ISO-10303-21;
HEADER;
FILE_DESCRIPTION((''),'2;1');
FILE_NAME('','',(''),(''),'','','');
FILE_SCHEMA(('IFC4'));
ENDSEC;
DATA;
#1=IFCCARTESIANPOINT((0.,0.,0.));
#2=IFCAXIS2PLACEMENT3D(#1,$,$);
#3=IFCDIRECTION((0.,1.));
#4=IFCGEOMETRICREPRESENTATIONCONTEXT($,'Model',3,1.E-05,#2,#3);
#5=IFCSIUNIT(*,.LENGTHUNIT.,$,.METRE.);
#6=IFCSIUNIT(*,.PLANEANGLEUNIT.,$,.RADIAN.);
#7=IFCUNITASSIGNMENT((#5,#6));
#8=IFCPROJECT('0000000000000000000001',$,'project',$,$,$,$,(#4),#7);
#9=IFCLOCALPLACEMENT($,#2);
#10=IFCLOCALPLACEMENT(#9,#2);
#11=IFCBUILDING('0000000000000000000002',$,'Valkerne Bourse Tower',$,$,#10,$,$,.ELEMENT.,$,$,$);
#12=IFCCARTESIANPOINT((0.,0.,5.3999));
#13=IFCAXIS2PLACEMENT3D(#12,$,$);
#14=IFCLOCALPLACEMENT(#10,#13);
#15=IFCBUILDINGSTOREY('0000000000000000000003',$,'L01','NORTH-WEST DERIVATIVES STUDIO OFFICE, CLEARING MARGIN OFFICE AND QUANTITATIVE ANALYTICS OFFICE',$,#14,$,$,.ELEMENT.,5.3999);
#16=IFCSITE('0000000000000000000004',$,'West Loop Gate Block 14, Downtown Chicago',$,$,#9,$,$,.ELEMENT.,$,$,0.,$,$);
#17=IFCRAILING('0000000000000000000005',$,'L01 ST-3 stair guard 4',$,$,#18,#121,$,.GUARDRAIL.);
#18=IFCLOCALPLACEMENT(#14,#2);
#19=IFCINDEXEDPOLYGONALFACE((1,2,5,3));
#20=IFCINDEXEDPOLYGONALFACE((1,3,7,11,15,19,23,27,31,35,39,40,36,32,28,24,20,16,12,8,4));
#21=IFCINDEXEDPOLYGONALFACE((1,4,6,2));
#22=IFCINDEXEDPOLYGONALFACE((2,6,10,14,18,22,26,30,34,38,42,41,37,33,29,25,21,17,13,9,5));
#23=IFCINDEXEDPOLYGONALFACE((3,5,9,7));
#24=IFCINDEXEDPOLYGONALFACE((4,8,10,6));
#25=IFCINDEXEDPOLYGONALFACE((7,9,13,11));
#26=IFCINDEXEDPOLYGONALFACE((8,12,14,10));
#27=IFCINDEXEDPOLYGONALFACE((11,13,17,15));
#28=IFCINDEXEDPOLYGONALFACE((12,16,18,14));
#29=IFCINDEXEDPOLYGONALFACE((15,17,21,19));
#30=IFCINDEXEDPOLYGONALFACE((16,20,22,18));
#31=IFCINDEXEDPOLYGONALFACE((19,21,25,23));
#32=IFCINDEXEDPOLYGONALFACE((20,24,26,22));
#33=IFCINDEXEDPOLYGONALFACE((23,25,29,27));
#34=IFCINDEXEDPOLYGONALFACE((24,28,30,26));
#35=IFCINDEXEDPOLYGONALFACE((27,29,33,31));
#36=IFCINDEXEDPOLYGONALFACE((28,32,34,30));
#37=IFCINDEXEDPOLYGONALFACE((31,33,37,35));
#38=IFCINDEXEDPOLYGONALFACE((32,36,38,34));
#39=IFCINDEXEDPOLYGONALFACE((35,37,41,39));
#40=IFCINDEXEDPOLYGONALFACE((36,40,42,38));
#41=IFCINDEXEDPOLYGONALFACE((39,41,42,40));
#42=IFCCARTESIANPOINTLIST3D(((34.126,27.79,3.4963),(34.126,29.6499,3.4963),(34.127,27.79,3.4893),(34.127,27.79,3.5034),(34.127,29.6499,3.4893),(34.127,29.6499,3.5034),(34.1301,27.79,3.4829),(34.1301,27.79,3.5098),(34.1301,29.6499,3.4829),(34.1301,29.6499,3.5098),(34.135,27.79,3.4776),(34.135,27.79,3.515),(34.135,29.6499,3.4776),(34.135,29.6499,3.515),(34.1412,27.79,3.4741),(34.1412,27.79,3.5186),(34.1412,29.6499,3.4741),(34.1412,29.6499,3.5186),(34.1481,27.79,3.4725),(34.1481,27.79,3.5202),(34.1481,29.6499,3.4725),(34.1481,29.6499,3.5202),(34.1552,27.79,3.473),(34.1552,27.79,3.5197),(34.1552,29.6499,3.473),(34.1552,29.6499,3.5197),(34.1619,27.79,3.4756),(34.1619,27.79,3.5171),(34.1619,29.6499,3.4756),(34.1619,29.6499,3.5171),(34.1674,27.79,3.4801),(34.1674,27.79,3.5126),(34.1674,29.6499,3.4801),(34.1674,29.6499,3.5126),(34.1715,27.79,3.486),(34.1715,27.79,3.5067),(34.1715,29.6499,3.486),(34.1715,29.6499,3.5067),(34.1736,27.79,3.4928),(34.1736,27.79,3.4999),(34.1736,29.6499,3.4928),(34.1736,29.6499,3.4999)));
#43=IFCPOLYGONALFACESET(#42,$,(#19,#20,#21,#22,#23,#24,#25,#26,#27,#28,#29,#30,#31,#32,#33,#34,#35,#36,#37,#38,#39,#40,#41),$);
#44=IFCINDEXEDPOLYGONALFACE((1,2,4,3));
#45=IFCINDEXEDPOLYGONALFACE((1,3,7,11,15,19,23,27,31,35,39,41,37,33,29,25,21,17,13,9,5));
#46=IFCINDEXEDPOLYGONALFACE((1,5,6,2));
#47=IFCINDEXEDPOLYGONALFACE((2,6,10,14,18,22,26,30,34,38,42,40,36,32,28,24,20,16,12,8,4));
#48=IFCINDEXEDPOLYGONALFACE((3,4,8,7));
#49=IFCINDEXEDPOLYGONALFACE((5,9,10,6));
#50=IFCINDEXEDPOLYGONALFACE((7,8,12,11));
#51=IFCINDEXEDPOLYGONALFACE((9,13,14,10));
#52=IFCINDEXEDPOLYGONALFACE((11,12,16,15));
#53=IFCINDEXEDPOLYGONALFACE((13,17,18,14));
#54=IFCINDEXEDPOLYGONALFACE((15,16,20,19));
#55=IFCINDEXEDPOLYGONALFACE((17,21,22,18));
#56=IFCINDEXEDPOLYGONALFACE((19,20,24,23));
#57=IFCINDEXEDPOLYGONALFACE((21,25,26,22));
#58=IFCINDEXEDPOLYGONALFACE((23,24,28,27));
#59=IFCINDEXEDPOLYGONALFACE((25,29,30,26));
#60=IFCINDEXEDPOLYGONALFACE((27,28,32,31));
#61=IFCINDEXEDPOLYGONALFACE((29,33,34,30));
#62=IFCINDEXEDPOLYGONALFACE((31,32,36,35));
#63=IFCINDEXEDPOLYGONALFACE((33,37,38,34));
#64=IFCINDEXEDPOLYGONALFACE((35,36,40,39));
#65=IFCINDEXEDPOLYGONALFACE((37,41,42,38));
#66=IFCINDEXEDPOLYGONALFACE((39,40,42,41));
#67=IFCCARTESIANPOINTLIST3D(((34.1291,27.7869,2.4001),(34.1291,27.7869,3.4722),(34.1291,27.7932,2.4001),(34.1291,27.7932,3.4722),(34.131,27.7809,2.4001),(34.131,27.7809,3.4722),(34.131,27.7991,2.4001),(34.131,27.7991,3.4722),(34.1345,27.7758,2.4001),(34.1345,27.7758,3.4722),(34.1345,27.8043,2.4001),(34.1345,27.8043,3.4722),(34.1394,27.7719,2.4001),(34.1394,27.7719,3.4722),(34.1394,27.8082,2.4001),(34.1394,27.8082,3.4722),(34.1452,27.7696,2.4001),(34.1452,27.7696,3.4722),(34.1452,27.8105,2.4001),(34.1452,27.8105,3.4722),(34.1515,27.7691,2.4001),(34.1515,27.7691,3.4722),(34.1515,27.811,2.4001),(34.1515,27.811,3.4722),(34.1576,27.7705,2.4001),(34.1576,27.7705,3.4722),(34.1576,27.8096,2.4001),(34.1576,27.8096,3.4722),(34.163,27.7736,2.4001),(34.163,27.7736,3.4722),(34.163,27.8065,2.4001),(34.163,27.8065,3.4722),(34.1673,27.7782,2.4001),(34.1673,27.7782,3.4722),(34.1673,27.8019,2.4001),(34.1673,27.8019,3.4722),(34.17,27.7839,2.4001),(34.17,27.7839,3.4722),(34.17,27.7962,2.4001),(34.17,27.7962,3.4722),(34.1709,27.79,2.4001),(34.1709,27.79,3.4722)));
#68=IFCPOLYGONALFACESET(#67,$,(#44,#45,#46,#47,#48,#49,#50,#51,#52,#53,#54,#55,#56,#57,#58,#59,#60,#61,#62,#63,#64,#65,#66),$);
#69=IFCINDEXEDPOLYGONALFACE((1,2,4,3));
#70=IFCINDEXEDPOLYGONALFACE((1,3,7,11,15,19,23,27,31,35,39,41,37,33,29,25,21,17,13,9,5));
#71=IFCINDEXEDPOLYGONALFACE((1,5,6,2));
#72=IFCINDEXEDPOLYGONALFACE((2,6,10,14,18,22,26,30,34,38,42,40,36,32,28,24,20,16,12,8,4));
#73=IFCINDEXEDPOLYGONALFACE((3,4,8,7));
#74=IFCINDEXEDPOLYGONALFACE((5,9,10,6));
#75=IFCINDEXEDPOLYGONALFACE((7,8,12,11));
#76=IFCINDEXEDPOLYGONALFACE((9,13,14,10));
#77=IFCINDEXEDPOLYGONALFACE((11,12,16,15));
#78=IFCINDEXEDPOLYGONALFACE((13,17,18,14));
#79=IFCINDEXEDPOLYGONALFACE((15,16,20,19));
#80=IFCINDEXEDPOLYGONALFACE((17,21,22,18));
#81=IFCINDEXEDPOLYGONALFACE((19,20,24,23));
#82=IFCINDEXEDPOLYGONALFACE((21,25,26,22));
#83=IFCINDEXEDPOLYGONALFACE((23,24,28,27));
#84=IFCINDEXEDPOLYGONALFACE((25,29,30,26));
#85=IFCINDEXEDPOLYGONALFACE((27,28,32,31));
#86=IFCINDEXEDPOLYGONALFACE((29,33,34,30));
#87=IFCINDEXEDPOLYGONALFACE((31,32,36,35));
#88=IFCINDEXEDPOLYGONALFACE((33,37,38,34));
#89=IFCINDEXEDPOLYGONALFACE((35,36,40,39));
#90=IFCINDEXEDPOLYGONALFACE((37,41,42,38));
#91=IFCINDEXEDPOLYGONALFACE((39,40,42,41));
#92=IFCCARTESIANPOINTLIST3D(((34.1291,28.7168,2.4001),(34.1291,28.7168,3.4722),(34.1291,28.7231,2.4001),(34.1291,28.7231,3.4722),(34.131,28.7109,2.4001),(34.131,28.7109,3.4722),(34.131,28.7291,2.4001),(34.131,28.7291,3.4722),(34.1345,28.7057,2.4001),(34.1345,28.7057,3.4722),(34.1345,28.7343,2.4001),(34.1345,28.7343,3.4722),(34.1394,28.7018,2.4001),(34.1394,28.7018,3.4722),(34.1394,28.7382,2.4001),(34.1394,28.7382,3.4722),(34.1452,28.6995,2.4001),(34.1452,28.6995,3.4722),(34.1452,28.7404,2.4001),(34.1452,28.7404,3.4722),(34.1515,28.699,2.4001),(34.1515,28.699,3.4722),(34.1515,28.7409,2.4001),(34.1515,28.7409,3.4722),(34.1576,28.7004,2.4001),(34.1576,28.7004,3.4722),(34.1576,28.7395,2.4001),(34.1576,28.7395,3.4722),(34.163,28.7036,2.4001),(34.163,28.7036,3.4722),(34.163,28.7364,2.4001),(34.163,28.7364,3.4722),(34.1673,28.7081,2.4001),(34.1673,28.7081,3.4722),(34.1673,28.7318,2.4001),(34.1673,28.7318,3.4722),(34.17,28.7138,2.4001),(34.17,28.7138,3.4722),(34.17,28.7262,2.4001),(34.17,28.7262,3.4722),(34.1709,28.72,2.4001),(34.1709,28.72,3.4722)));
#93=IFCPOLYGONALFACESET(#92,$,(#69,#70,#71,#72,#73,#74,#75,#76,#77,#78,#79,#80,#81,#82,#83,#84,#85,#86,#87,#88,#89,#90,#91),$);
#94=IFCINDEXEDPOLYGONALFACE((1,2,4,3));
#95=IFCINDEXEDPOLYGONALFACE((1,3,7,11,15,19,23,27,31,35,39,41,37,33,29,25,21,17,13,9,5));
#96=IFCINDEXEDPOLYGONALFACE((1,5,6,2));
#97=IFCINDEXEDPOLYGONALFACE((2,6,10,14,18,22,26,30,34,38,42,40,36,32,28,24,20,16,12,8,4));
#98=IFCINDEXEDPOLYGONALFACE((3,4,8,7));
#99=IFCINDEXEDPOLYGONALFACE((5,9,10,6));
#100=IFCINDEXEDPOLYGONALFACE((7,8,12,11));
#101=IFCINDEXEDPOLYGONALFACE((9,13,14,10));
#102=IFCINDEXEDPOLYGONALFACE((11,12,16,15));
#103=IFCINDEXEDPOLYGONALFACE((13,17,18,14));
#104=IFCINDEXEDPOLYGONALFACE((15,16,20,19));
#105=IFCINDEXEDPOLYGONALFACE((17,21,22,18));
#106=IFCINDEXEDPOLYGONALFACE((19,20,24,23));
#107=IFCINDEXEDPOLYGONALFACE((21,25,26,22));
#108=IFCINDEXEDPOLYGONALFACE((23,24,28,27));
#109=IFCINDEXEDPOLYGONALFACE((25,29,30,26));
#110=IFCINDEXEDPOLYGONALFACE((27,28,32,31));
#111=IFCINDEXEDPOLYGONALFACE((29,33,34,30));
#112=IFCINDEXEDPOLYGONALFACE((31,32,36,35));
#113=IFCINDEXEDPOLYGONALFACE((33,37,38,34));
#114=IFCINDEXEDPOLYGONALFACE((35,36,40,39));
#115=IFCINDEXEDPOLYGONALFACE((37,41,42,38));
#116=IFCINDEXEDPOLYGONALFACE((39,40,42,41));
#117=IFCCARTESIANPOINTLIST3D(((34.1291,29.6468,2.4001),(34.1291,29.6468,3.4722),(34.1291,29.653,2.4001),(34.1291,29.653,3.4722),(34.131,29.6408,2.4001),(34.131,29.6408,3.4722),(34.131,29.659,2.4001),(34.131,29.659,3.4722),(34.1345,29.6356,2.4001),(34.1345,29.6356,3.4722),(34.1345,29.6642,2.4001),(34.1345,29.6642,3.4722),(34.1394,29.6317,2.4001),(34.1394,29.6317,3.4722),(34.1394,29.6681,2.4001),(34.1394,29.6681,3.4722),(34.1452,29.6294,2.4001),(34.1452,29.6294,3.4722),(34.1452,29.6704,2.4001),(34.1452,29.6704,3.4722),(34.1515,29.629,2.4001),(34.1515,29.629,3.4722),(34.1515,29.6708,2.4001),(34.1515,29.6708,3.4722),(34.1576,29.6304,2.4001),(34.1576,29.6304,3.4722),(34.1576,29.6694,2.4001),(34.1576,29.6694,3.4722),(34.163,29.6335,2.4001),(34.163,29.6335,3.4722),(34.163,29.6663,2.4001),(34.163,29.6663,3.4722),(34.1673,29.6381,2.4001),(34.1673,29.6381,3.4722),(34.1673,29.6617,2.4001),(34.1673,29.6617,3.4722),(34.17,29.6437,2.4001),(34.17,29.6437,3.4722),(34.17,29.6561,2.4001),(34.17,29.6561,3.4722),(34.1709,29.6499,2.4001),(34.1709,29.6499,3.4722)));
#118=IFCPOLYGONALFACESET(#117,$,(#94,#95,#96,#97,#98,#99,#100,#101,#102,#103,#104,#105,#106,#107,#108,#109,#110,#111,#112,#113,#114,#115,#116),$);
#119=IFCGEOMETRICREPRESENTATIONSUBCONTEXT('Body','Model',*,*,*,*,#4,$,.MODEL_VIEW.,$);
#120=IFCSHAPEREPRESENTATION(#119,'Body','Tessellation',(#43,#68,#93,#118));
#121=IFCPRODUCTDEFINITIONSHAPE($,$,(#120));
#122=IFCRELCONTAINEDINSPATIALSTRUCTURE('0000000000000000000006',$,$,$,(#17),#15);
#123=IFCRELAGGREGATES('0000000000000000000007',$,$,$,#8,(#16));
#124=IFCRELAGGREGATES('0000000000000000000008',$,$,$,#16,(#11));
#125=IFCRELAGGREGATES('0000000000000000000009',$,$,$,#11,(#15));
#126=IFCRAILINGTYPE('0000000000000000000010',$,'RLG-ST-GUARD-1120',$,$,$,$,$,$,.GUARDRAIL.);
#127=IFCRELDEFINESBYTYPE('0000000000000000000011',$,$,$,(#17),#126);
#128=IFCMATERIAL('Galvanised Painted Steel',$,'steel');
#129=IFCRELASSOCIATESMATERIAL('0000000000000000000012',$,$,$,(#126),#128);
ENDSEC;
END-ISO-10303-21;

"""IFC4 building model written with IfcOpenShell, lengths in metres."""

from ifc_helpers import new_model, si_unit, direction, frame, origin, origin_2d, place, context, subcontext, project, spatial, circle, extrude, material, type_object, element, save


model = new_model("IFC4")

# Units and contexts
model_context = context("Model", 3, precision=1e-05, world=origin(), true_north=direction((0.0, 1.0)))
body_context = subcontext(model_context, "Body", "Model", "MODEL_VIEW")
ifc_project = project(units=[si_unit("LENGTHUNIT", "METRE"), si_unit("PLANEANGLEUNIT", "RADIAN")], contexts=[model_context])

# Site, building, storey
site_placement = place(None, origin())
site = spatial("IfcSite", under=ifc_project, at=site_placement, Name="West Loop Gate Block 14, Downtown Chicago", CompositionType="ELEMENT", RefElevation=0.0)
building_placement = place(site_placement, origin())
building = spatial("IfcBuilding", under=site, at=building_placement, Name="Valkerne Bourse Tower", CompositionType="ELEMENT")
storey_placement = place(building_placement, frame((0.0, 0.0, 5.3999)))
storey = spatial("IfcBuildingStorey", under=building, at=storey_placement, Name="L01", Description="NORTH-WEST DERIVATIVES STUDIO OFFICE, CLEARING MARGIN OFFICE AND QUANTITATIVE ANALYTICS OFFICE", CompositionType="ELEMENT", Elevation=5.3999)

# Shared definitions
ifc_material_1 = material(Name="Galvanised Painted Steel", Category="steel")

# Railing
railing_type_1 = type_object("IfcRailingType", Name="RLG-ST-GUARD-1120", PredefinedType="GUARDRAIL", material=ifc_material_1)
for number, where, name in (
    (1, (34.1499, 27.79, 2.4001), "L01 ST-3 stair guard 4"),
):
    element("IfcRailing", number, at=place(storey_placement, frame(where)), inside=storey, type_object=railing_type_1, Name=name, PredefinedType="GUARDRAIL", context=body_context, shape_type="SweptSolid", body=[
        extrude(circle(Radius=0.0239, at=origin_2d()), frame((0.0, 0.0, 1.0962), z_axis=(0.0, 1.0, 0.0), x_axis=(-1.0, 0.0, 0.0)), (0.0, 0.0, 1.0), 1.8599),
        extrude(circle(Radius=0.021, at=origin_2d()), origin(), (0.0, 0.0, 1.0), 1.072),
        extrude(circle(Radius=0.021, at=origin_2d()), frame((0.0, 0.9299, 0.0)), (0.0, 0.0, 1.0), 1.072),
        extrude(circle(Radius=0.021, at=origin_2d()), frame((0.0, 1.8599, 0.0)), (0.0, 0.0, 1.0), 1.072),
    ])

save(model, "model.ifc")
